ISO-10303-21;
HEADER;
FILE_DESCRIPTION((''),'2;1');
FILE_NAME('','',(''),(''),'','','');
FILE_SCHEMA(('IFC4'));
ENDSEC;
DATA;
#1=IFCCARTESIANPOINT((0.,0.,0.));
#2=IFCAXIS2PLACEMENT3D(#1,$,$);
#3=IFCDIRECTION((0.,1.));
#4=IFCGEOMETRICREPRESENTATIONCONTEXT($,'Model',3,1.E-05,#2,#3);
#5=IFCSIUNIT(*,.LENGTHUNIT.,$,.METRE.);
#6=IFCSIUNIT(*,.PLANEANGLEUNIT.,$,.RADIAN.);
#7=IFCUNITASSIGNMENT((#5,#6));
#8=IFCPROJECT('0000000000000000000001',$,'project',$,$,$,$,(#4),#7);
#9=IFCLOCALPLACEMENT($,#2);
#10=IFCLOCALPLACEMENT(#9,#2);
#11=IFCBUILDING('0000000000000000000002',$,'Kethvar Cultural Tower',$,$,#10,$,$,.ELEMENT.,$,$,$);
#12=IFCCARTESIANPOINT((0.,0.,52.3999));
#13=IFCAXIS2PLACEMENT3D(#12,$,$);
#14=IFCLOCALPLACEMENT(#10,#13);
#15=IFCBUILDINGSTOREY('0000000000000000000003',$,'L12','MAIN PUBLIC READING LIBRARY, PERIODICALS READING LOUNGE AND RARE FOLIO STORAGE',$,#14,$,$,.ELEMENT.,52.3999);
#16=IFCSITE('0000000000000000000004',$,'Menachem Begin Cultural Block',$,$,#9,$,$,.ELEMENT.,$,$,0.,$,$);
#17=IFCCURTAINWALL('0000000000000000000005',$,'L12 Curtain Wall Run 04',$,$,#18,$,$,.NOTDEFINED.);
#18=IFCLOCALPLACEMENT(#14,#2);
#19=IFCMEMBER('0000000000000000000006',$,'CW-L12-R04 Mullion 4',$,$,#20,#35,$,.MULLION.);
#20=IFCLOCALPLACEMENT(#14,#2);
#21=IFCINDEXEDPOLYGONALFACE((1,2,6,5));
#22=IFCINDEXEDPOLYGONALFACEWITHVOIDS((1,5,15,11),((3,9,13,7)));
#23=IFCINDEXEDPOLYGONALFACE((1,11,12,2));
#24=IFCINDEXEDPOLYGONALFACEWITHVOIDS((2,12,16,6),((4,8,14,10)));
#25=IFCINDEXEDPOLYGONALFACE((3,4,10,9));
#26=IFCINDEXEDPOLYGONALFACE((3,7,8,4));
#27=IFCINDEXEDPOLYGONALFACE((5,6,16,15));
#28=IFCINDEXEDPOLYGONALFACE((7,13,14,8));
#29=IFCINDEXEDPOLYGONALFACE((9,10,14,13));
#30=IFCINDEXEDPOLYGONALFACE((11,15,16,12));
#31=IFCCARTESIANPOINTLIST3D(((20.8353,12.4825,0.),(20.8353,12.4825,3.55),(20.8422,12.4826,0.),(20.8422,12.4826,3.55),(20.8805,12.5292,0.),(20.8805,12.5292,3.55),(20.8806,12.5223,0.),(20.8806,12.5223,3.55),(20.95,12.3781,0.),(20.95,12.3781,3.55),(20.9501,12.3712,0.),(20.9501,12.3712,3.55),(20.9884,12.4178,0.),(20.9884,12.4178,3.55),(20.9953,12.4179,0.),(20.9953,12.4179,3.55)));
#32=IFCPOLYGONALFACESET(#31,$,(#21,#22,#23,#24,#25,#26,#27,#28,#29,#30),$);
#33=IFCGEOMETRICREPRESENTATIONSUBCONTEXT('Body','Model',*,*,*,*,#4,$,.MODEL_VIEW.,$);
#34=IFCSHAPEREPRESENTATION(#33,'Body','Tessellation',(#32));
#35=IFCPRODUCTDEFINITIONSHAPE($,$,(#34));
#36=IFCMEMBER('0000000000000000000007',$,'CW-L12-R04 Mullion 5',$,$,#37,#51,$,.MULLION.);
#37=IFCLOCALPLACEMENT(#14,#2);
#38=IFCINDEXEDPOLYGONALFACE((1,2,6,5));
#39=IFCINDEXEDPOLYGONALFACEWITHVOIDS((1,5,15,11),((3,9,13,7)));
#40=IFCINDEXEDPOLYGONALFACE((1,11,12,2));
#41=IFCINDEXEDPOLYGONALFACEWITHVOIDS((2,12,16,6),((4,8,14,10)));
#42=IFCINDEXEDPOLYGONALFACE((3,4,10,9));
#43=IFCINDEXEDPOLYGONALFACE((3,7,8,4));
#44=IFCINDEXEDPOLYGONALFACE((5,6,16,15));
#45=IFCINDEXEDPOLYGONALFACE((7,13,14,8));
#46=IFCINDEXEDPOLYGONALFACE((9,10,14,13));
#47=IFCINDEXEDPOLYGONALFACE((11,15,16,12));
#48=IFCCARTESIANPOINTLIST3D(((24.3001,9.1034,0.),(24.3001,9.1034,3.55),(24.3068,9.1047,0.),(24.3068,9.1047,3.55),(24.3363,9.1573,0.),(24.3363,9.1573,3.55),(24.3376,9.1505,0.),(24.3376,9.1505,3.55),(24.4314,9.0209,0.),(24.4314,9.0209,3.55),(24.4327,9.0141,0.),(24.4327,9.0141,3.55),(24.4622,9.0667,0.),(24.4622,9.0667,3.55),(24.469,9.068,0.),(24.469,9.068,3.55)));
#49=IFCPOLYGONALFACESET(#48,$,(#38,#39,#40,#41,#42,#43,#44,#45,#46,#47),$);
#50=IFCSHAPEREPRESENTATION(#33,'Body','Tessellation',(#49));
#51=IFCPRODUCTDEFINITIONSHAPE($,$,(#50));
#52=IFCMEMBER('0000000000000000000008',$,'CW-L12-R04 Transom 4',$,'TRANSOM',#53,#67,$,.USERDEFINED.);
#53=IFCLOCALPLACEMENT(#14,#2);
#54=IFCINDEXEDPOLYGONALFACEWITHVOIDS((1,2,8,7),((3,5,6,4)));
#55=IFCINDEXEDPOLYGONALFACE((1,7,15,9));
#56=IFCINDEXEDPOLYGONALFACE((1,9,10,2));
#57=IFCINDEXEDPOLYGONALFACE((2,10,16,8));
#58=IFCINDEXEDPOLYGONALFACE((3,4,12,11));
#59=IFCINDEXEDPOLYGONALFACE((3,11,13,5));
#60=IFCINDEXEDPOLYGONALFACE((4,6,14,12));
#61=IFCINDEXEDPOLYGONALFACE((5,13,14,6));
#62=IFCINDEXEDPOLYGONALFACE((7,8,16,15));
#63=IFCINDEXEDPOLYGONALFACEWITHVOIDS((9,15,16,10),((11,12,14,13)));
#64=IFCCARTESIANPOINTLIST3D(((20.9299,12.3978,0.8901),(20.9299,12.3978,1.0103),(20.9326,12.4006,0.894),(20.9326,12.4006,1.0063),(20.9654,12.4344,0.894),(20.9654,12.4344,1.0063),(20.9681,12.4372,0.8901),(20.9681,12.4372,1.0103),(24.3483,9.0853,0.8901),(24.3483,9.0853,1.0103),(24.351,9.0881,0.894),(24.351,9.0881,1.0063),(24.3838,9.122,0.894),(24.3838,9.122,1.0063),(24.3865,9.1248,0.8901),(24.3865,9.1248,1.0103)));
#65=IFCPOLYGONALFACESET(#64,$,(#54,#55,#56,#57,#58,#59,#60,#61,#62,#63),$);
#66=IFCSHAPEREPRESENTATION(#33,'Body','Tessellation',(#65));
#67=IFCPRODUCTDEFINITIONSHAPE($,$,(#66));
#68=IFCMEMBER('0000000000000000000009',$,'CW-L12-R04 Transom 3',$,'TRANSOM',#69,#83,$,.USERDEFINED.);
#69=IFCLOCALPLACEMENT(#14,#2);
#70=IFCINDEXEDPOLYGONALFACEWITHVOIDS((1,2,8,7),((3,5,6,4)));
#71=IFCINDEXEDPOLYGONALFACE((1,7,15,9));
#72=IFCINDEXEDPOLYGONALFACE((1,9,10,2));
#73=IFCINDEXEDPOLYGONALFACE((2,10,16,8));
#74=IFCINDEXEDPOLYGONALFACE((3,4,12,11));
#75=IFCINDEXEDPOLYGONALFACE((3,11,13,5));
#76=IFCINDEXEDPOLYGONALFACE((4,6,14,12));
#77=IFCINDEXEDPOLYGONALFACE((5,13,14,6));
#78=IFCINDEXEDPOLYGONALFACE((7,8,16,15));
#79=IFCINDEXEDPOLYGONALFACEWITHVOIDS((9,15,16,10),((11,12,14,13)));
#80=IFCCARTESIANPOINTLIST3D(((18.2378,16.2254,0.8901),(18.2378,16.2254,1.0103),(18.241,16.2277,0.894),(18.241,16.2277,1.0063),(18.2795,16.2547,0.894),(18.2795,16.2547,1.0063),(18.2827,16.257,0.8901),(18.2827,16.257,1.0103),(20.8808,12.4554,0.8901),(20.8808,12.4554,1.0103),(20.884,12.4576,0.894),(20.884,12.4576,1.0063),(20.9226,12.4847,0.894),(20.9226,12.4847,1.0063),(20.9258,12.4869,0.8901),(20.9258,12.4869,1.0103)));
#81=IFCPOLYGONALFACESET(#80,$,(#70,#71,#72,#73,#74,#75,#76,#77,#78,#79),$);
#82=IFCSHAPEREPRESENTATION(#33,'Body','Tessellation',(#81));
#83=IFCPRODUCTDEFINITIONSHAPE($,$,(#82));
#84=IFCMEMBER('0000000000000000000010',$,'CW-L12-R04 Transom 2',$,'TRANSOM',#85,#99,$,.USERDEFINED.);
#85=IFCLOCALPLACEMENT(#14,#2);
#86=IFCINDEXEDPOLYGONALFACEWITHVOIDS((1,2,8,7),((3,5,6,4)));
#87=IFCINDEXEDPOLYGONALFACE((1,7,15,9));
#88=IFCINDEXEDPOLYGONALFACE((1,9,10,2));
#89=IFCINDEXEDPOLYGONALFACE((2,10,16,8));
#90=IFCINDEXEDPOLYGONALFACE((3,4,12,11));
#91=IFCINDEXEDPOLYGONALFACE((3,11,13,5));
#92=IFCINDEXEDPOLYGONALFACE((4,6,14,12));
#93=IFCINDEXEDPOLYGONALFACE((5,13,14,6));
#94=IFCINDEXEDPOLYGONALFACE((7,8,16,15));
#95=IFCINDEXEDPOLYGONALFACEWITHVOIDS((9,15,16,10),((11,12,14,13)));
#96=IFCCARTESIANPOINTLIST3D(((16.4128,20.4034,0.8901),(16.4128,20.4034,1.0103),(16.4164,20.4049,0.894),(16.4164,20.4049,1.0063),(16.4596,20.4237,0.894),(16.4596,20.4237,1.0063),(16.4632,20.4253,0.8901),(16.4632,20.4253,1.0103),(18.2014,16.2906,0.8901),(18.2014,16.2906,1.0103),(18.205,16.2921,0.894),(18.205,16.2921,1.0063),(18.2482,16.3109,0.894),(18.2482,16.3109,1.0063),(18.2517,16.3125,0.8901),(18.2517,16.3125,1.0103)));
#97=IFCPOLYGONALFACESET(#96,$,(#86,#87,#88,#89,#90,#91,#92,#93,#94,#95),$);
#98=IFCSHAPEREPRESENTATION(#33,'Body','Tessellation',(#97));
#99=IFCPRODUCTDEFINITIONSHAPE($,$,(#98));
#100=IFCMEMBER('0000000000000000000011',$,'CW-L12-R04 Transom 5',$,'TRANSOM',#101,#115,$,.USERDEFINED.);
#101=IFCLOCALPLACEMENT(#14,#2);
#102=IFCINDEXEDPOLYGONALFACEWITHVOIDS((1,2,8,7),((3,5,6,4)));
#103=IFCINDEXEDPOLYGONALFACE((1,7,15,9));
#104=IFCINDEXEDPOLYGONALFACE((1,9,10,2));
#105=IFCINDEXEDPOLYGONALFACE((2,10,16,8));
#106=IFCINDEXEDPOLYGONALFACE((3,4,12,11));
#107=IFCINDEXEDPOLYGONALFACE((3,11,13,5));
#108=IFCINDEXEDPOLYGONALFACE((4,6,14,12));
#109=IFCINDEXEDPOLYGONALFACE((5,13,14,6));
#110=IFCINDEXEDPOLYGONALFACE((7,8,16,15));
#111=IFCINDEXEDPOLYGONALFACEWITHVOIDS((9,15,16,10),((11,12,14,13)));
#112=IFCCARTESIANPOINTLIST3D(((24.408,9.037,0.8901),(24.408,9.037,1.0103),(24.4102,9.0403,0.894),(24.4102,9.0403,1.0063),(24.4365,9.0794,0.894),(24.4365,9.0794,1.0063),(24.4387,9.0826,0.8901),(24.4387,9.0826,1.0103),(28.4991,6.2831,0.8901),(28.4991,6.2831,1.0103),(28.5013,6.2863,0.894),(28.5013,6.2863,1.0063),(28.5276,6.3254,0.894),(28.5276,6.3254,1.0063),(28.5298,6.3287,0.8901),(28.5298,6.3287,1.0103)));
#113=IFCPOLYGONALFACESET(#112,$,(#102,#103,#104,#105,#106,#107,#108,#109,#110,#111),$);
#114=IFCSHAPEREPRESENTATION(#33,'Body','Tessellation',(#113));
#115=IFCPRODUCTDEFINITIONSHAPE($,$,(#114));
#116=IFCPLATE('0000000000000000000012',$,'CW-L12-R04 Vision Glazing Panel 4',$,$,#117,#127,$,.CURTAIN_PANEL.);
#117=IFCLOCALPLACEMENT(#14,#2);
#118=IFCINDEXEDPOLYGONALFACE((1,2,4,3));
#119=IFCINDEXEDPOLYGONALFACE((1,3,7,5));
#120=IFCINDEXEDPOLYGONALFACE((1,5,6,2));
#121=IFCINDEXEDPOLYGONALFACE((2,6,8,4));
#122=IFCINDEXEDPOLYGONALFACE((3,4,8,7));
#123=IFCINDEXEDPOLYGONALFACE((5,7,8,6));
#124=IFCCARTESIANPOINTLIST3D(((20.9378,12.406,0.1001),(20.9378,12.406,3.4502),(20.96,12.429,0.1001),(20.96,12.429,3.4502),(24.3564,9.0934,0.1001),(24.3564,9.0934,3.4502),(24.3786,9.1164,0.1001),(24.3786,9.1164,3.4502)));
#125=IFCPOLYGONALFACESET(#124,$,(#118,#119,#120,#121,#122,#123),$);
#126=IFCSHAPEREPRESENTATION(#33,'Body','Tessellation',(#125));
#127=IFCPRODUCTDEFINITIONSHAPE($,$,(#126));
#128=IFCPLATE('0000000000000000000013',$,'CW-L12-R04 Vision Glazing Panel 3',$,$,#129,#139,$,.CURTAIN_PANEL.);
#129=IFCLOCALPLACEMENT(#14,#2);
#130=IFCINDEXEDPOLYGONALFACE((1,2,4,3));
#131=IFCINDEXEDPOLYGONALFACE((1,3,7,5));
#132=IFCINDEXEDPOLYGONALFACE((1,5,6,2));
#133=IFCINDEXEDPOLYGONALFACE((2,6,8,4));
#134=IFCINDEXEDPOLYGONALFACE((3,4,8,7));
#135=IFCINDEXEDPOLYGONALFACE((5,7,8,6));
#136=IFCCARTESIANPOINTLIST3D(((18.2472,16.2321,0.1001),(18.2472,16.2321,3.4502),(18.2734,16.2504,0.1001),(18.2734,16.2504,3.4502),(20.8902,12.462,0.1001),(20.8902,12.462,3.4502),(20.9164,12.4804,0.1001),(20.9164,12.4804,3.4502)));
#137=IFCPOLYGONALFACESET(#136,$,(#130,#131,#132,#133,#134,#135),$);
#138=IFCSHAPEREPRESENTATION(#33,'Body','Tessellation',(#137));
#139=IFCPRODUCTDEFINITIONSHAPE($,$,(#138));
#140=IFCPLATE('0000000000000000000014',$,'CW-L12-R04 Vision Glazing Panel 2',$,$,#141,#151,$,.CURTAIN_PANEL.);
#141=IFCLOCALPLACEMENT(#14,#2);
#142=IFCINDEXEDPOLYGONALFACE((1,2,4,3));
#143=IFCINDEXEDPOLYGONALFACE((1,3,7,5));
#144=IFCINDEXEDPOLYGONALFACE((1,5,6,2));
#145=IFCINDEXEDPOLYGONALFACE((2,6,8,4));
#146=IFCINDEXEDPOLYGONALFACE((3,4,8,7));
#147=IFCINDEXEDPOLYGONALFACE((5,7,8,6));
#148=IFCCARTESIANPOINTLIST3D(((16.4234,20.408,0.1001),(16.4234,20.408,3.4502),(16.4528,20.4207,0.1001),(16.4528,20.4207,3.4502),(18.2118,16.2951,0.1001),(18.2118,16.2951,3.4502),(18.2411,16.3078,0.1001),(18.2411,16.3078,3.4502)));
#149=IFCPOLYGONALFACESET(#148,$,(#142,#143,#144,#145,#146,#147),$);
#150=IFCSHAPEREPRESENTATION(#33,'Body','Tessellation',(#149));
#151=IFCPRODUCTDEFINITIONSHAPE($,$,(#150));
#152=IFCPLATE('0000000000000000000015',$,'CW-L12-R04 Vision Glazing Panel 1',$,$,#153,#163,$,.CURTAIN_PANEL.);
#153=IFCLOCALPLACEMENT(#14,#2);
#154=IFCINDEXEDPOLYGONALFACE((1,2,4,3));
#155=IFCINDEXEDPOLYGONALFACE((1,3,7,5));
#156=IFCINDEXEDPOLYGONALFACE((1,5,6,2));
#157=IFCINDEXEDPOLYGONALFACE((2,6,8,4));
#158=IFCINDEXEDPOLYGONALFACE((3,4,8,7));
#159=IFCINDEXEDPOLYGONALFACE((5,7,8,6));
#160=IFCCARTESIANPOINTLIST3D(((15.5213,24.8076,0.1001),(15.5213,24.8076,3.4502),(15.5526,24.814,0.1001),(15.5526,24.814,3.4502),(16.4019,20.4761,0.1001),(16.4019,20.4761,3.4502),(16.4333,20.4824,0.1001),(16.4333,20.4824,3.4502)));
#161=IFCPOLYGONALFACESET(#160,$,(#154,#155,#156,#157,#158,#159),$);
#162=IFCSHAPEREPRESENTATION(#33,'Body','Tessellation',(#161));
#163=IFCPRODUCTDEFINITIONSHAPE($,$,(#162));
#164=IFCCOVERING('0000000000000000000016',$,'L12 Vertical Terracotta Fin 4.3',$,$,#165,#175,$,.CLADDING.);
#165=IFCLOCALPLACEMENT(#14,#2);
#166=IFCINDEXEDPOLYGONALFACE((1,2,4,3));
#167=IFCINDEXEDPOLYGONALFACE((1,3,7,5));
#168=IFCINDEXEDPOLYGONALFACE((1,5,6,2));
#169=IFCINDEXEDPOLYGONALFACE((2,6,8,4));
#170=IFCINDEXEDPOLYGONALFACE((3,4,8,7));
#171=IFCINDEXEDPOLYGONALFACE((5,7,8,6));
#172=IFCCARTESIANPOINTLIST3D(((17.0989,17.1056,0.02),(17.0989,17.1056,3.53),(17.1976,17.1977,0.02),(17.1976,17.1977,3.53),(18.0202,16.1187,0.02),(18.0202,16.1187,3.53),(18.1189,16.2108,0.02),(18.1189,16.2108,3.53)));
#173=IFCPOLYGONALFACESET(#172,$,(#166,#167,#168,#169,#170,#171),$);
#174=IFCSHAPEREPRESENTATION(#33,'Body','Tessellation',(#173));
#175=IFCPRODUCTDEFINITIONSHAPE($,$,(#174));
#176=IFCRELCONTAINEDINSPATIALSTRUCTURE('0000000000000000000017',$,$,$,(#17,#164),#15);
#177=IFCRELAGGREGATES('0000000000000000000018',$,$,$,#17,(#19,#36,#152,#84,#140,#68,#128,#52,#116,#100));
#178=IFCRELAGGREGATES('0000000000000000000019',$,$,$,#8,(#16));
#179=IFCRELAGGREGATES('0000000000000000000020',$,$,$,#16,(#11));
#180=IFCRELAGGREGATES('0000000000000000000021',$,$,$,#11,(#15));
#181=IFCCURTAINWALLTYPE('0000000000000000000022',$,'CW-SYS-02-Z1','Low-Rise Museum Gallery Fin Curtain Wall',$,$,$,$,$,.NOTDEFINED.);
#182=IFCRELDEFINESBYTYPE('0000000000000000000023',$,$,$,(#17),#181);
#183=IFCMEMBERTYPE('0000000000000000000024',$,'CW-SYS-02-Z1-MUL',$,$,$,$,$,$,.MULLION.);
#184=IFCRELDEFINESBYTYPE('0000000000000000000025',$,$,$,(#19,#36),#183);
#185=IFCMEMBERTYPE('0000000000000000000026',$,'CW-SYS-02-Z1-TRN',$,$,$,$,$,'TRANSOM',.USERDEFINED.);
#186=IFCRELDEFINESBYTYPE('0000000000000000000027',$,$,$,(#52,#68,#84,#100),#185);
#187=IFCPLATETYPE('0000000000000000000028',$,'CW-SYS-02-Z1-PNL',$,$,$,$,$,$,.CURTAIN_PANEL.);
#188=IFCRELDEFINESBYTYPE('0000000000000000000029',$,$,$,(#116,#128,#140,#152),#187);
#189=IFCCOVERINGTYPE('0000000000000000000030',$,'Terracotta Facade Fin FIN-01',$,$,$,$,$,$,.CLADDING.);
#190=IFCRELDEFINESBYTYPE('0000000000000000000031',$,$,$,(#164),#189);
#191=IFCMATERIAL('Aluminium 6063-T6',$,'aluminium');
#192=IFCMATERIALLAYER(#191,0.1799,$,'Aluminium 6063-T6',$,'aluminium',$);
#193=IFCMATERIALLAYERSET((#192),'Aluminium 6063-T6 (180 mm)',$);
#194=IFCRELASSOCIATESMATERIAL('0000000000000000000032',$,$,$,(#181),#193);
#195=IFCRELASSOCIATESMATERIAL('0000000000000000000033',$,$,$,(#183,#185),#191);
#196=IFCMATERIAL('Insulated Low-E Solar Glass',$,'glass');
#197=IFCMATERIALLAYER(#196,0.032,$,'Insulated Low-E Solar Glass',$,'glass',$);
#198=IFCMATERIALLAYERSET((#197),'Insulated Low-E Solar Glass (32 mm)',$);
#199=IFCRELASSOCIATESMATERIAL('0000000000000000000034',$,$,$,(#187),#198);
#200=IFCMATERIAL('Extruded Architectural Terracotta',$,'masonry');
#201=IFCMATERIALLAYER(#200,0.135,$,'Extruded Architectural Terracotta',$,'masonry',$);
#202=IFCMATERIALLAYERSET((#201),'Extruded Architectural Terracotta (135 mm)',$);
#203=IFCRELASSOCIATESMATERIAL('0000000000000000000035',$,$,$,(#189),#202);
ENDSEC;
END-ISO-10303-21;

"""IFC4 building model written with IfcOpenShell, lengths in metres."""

from ifc_helpers import new_model, si_unit, direction, frame, origin, origin_2d, place, context, subcontext, project, spatial, rectangle, hollow_rectangle, extrude, source, transform, mapped, material, layer, layer_set, material_profile, profile_set, type_object, element, aggregate, save


model = new_model("IFC4")

# Units and contexts
model_context = context("Model", 3, precision=1e-05, world=origin(), true_north=direction((0.0, 1.0)))
body_context = subcontext(model_context, "Body", "Model", "MODEL_VIEW")
ifc_project = project(units=[si_unit("LENGTHUNIT", "METRE"), si_unit("PLANEANGLEUNIT", "RADIAN")], contexts=[model_context])

# Site, building, storey
site_placement = place(None, origin())
site = spatial("IfcSite", under=ifc_project, at=site_placement, Name="Menachem Begin Cultural Block", CompositionType="ELEMENT", RefElevation=0.0)
building_placement = place(site_placement, origin())
building = spatial("IfcBuilding", under=site, at=building_placement, Name="Kethvar Cultural Tower", CompositionType="ELEMENT")
storey_placement = place(building_placement, frame((0.0, 0.0, 52.3999)))
storey = spatial("IfcBuildingStorey", under=building, at=storey_placement, Name="L12", Description="MAIN PUBLIC READING LIBRARY, PERIODICALS READING LOUNGE AND RARE FOLIO STORAGE", CompositionType="ELEMENT", Elevation=52.3999)

# Curtain wall, members, plates
ifc_material_1 = material(Name="Aluminium 6063-T6", Category="aluminium")
ifc_layer_1 = layer(ifc_material_1, 0.1799, Name="Aluminium 6063-T6", Category="aluminium")
ifc_layer_set_1 = layer_set([ifc_layer_1], Name="Aluminium 6063-T6 (180 mm)")
curtain_wall_type = type_object("IfcCurtainWallType", Name="CW-SYS-02-Z1", Description="Low-Rise Museum Gallery Fin Curtain Wall", PredefinedType="NOTDEFINED", material=ifc_layer_set_1)
curtain_wall_placement = place(storey_placement, origin())
curtain_wall = element("IfcCurtainWall", 1, at=curtain_wall_placement, inside=storey, type_object=curtain_wall_type, Name="L12 Curtain Wall Run 04", PredefinedType="NOTDEFINED")
ifc_material_profile_1 = material_profile(ifc_material_1, hollow_rectangle(XDim=0.0649, YDim=0.1599, WallThickness=0.0049, at=origin_2d()), Name="Aluminium 6063-T6 — RHS160x65x5")
ifc_profile_set_1 = profile_set([ifc_material_profile_1], Name="Aluminium 6063-T6 — RHS160x65x5")
member_type_1 = type_object("IfcMemberType", Name="CW-SYS-02-Z1-MUL", PredefinedType="MULLION", material=ifc_profile_set_1)
shared_shape_1 = source(origin(), body_context, "Body", "SweptSolid", [
    extrude(hollow_rectangle(XDim=0.0649, YDim=0.1599, WallThickness=0.0049, at=origin_2d()), origin(), (0.0, 0.0, 1.0), 3.55),
])
member_1_placement = place(storey_placement, frame((20.9153, 12.4502, 0.0), z_axis=(0.0, 0.0, 1.0), x_axis=(0.695888, 0.718151, 0.0)))
member_1 = element("IfcMember", 2, at=member_1_placement, type_object=member_type_1, Name="CW-L12-R04 Mullion 4", PredefinedType="MULLION", context=body_context, shape_type="MappedRepresentation", body=[
    mapped(shared_shape_1, transform((0.0, 0.0, 0.0), scale=1.0)),
])
member_2_placement = place(storey_placement, frame((24.3845, 9.0857, 0.0), z_axis=(0.0, 0.0, 1.0), x_axis=(0.558382, 0.829584, 0.0)))
member_2 = element("IfcMember", 3, at=member_2_placement, type_object=member_type_1, Name="CW-L12-R04 Mullion 5", PredefinedType="MULLION", context=body_context, shape_type="MappedRepresentation", body=[
    mapped(shared_shape_1, transform((0.0, 0.0, 0.0), scale=1.0)),
])
ifc_material_profile_2 = material_profile(ifc_material_1, hollow_rectangle(XDim=0.0549, YDim=0.1201, WallThickness=0.0039, at=origin_2d()), Name="Aluminium 6063-T6 — RHS120x55x4")
ifc_profile_set_2 = profile_set([ifc_material_profile_2], Name="Aluminium 6063-T6 — RHS120x55x4")
member_type_2 = type_object("IfcMemberType", Name="CW-SYS-02-Z1-TRN", ElementType="TRANSOM", PredefinedType="USERDEFINED", material=ifc_profile_set_2)
shared_shape_2 = source(origin(), body_context, "Body", "SweptSolid", [
    extrude(hollow_rectangle(XDim=0.0549, YDim=0.1201, WallThickness=0.0039, at=origin_2d()), origin(), (0.0, 0.0, 1.0), 4.76),
])
member_3_placement = place(storey_placement, frame((20.949, 12.4175, 0.9502), z_axis=(0.718149, -0.695889, 0.0), x_axis=(0.695889, 0.718149, 0.0)))
member_3 = element("IfcMember", 4, at=member_3_placement, type_object=member_type_2, Name="CW-L12-R04 Transom 4", ObjectType="TRANSOM", PredefinedType="USERDEFINED", context=body_context, shape_type="MappedRepresentation", body=[
    mapped(shared_shape_2, transform((0.0, 0.0, 0.0), scale=1.0)),
])
shared_shape_3 = source(origin(), body_context, "Body", "SweptSolid", [
    extrude(hollow_rectangle(XDim=0.0549, YDim=0.1201, WallThickness=0.0039, at=origin_2d()), origin(), (0.0, 0.0, 1.0), 4.6042),
])
member_4_placement = place(storey_placement, frame((18.2603, 16.2412, 0.9502), z_axis=(0.574053, -0.818818, 0.0), x_axis=(0.818818, 0.574053, 0.0)))
member_4 = element("IfcMember", 5, at=member_4_placement, type_object=member_type_2, Name="CW-L12-R04 Transom 3", ObjectType="TRANSOM", PredefinedType="USERDEFINED", context=body_context, shape_type="MappedRepresentation", body=[
    mapped(shared_shape_3, transform((0.0, 0.0, 0.0), scale=1.0)),
])
shared_shape_4 = source(origin(), body_context, "Body", "SweptSolid", [
    extrude(hollow_rectangle(XDim=0.0549, YDim=0.1201, WallThickness=0.0039, at=origin_2d()), origin(), (0.0, 0.0, 1.0), 4.4849),
])
member_5_placement = place(storey_placement, frame((16.438, 20.4143, 0.9502), z_axis=(0.398802, -0.917037, 0.0), x_axis=(0.917037, 0.398802, 0.0)))
member_5 = element("IfcMember", 6, at=member_5_placement, type_object=member_type_2, Name="CW-L12-R04 Transom 2", ObjectType="TRANSOM", PredefinedType="USERDEFINED", context=body_context, shape_type="MappedRepresentation", body=[
    mapped(shared_shape_4, transform((0.0, 0.0, 0.0), scale=1.0)),
])
shared_shape_5 = source(origin(), body_context, "Body", "SweptSolid", [
    extrude(hollow_rectangle(XDim=0.0549, YDim=0.1201, WallThickness=0.0039, at=origin_2d()), origin(), (0.0, 0.0, 1.0), 4.9316),
])
member_6_placement = place(storey_placement, frame((24.4233, 9.0598, 0.9502), z_axis=(0.829559, -0.558419, 0.0), x_axis=(0.558419, 0.829559, 0.0)))
member_6 = element("IfcMember", 7, at=member_6_placement, type_object=member_type_2, Name="CW-L12-R04 Transom 5", ObjectType="TRANSOM", PredefinedType="USERDEFINED", context=body_context, shape_type="MappedRepresentation", body=[
    mapped(shared_shape_5, transform((0.0, 0.0, 0.0), scale=1.0)),
])
ifc_material_2 = material(Name="Insulated Low-E Solar Glass", Category="glass")
ifc_layer_2 = layer(ifc_material_2, 0.032, Name="Insulated Low-E Solar Glass", Category="glass")
ifc_layer_set_2 = layer_set([ifc_layer_2], Name="Insulated Low-E Solar Glass (32 mm)")
plate_type = type_object("IfcPlateType", Name="CW-SYS-02-Z1-PNL", PredefinedType="CURTAIN_PANEL", material=ifc_layer_set_2)
shared_shape_6 = source(origin(), body_context, "Body", "SweptSolid", [
    extrude(rectangle(XDim=4.7603, YDim=0.032, at=origin_2d()), origin(), (0.0, 0.0, 1.0), 3.3501),
])
plate_1_placement = place(storey_placement, frame((22.6582, 10.7612, 0.1001), z_axis=(0.0, 0.0, 1.0), x_axis=(0.718151, -0.695888, 0.0)))
plate_1 = element("IfcPlate", 8, at=plate_1_placement, type_object=plate_type, Name="CW-L12-R04 Vision Glazing Panel 4", PredefinedType="CURTAIN_PANEL", context=body_context, shape_type="MappedRepresentation", body=[
    mapped(shared_shape_6, transform((0.0, 0.0, 0.0), scale=1.0)),
])
shared_shape_7 = source(origin(), body_context, "Body", "SweptSolid", [
    extrude(rectangle(XDim=4.6042, YDim=0.032, at=origin_2d()), origin(), (0.0, 0.0, 1.0), 3.3501),
])
plate_2_placement = place(storey_placement, frame((19.5818, 14.3562, 0.1001), z_axis=(0.0, 0.0, 1.0), x_axis=(0.574048, -0.818822, 0.0)))
plate_2 = element("IfcPlate", 9, at=plate_2_placement, type_object=plate_type, Name="CW-L12-R04 Vision Glazing Panel 3", PredefinedType="CURTAIN_PANEL", context=body_context, shape_type="MappedRepresentation", body=[
    mapped(shared_shape_7, transform((0.0, 0.0, 0.0), scale=1.0)),
])
shared_shape_8 = source(origin(), body_context, "Body", "SweptSolid", [
    extrude(rectangle(XDim=4.4849, YDim=0.032, at=origin_2d()), origin(), (0.0, 0.0, 1.0), 3.3501),
])
plate_3_placement = place(storey_placement, frame((17.3323, 18.3579, 0.1001), z_axis=(0.0, 0.0, 1.0), x_axis=(0.398749, -0.91706, 0.0)))
plate_3 = element("IfcPlate", 10, at=plate_3_placement, type_object=plate_type, Name="CW-L12-R04 Vision Glazing Panel 2", PredefinedType="CURTAIN_PANEL", context=body_context, shape_type="MappedRepresentation", body=[
    mapped(shared_shape_8, transform((0.0, 0.0, 0.0), scale=1.0)),
])
shared_shape_9 = source(origin(), body_context, "Body", "SweptSolid", [
    extrude(rectangle(XDim=4.4202, YDim=0.032, at=origin_2d()), origin(), (0.0, 0.0, 1.0), 3.3501),
])
plate_4_placement = place(storey_placement, frame((15.9773, 22.645, 0.1001), z_axis=(0.0, 0.0, 1.0), x_axis=(0.199231, -0.979953, 0.0)))
plate_4 = element("IfcPlate", 11, at=plate_4_placement, type_object=plate_type, Name="CW-L12-R04 Vision Glazing Panel 1", PredefinedType="CURTAIN_PANEL", context=body_context, shape_type="MappedRepresentation", body=[
    mapped(shared_shape_9, transform((0.0, 0.0, 0.0), scale=1.0)),
])
aggregate(curtain_wall, [member_1, member_2, plate_4, member_5, plate_3, member_4, plate_2, member_3, plate_1, member_6])

# Covering
ifc_material_3 = material(Name="Extruded Architectural Terracotta", Category="masonry")
ifc_layer_3 = layer(ifc_material_3, 0.135, Name="Extruded Architectural Terracotta", Category="masonry")
ifc_layer_set_3 = layer_set([ifc_layer_3], Name="Extruded Architectural Terracotta (135 mm)")
covering_type = type_object("IfcCoveringType", Name="Terracotta Facade Fin FIN-01", PredefinedType="CLADDING", material=ifc_layer_set_3)
shared_shape_10 = source(origin(), body_context, "Body", "SweptSolid", [
    extrude(rectangle(XDim=1.3501, YDim=0.135, at=origin_2d()), origin(), (0.0, 0.0, 1.0), 3.51),
])
for number, where, z_axis, x_axis, name in (
    (12, (17.6089, 16.6582, 0.02), (0.0, 0.0, 1.0), (-0.682381, 0.730997, 0.0), "L12 Vertical Terracotta Fin 4.3"),
):
    element("IfcCovering", number, at=place(storey_placement, frame(where, z_axis=z_axis, x_axis=x_axis)), inside=storey, type_object=covering_type, Name=name, PredefinedType="CLADDING", context=body_context, shape_type="MappedRepresentation", body=[
        mapped(shared_shape_10, transform((0.0, 0.0, 0.0), scale=1.0)),
    ])

save(model, "model.ifc")
